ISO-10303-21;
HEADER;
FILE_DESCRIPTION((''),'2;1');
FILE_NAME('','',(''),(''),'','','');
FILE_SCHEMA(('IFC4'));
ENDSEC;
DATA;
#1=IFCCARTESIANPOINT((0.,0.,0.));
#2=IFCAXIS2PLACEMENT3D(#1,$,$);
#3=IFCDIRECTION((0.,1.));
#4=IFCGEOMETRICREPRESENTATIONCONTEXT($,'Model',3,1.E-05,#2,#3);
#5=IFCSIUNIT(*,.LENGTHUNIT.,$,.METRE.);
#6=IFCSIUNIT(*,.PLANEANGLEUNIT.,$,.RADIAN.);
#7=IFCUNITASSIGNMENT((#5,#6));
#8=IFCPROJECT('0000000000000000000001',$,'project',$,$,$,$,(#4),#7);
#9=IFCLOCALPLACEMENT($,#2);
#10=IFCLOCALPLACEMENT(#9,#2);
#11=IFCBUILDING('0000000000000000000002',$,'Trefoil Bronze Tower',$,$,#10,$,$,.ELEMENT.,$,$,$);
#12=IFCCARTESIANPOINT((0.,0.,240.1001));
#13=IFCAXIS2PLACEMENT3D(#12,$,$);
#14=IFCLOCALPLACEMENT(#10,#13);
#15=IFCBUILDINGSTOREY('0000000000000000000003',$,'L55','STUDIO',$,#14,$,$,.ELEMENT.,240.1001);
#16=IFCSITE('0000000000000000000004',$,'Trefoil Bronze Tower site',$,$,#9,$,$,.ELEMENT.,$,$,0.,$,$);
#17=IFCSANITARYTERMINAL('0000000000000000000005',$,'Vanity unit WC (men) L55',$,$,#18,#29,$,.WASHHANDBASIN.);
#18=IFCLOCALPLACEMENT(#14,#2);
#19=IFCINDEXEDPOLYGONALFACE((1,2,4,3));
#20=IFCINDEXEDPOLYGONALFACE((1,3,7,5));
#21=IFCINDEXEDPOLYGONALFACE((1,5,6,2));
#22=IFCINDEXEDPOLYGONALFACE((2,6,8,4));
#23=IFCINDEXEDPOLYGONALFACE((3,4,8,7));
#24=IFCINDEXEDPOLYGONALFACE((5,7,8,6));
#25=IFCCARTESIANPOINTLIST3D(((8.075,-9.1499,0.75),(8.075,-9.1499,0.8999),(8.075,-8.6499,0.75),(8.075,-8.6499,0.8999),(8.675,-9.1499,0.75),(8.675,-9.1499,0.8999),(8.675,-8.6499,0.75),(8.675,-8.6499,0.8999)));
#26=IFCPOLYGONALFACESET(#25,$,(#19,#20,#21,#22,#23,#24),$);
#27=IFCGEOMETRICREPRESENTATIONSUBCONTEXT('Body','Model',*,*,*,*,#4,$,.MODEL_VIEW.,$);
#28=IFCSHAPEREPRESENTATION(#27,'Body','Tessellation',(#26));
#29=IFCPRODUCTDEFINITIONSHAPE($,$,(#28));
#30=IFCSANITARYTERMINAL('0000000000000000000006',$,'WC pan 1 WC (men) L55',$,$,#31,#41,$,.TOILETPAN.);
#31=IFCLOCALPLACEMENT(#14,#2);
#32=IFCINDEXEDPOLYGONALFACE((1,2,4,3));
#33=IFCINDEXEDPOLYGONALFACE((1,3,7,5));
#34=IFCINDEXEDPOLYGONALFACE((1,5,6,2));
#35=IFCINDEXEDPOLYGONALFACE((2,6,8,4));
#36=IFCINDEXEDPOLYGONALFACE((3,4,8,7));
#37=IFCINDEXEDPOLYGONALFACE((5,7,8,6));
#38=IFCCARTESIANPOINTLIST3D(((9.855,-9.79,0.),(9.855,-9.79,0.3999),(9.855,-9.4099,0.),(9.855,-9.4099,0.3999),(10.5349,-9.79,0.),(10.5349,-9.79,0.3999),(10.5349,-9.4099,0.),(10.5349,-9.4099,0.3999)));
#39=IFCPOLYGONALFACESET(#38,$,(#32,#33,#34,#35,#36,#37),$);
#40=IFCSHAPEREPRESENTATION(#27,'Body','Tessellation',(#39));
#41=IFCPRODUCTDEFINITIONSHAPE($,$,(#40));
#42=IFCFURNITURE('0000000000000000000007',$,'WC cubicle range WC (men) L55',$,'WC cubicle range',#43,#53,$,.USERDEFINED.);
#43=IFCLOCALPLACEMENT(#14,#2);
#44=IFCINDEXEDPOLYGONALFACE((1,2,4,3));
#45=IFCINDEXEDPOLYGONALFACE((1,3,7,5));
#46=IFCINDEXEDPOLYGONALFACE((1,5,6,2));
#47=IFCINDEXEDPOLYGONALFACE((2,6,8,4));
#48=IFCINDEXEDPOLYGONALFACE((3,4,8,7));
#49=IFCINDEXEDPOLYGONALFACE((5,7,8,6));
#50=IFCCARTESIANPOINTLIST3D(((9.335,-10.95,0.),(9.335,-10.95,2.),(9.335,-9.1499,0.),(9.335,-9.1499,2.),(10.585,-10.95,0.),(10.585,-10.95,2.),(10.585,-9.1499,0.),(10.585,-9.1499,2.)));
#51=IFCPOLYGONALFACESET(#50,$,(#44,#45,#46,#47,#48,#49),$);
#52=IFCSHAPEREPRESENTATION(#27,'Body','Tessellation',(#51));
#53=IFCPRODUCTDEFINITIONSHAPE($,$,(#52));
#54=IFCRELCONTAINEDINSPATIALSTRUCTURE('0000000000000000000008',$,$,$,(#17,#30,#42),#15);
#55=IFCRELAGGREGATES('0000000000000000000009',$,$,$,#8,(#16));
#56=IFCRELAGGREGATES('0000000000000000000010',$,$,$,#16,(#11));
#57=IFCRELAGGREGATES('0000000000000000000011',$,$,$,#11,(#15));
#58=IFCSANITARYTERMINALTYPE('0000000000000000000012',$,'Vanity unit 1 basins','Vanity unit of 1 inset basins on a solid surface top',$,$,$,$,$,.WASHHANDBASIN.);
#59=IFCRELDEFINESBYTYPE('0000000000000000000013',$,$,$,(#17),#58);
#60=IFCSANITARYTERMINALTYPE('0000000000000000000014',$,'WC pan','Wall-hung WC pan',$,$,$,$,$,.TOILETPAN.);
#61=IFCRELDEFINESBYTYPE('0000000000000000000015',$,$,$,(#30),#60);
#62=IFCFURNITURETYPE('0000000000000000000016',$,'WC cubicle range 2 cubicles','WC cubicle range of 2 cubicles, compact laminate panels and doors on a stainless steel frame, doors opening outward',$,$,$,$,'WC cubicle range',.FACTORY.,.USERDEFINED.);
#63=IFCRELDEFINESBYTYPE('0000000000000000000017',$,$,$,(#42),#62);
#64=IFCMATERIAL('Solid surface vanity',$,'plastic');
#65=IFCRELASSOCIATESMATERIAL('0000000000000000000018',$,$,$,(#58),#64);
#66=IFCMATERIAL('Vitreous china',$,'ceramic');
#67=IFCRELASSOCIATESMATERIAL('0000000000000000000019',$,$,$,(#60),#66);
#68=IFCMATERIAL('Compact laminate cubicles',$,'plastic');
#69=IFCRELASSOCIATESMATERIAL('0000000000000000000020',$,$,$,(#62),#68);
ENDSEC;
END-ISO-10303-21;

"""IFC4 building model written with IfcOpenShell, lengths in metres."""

from ifc_helpers import new_model, si_unit, direction, frame, origin, place, context, subcontext, project, spatial, polyline, outline, extrude, material, type_object, element, save


model = new_model("IFC4")

# Units and contexts
model_context = context("Model", 3, precision=1e-05, world=origin(), true_north=direction((0.0, 1.0)))
body_context = subcontext(model_context, "Body", "Model", "MODEL_VIEW")
ifc_project = project(units=[si_unit("LENGTHUNIT", "METRE"), si_unit("PLANEANGLEUNIT", "RADIAN")], contexts=[model_context])

# Site, building, storey
site_placement = place(None, origin())
site = spatial("IfcSite", under=ifc_project, at=site_placement, Name="Trefoil Bronze Tower site", CompositionType="ELEMENT", RefElevation=0.0)
building_placement = place(site_placement, origin())
building = spatial("IfcBuilding", under=site, at=building_placement, Name="Trefoil Bronze Tower", CompositionType="ELEMENT")
storey_placement = place(building_placement, frame((0.0, 0.0, 240.1001)))
storey = spatial("IfcBuildingStorey", under=building, at=storey_placement, Name="L55", Description="STUDIO", CompositionType="ELEMENT", Elevation=240.1001)

# Sanitary terminals
ifc_material_1 = material(Name="Solid surface vanity", Category="plastic")
sanitary_terminal_type_1 = type_object("IfcSanitaryTerminalType", Name="Vanity unit 1 basins", Description="Vanity unit of 1 inset basins on a solid surface top", PredefinedType="WASHHANDBASIN", material=ifc_material_1)
sanitary_terminal_1_placement = place(storey_placement, frame((0.0, 0.0, 0.75)))
element("IfcSanitaryTerminal", 1, at=sanitary_terminal_1_placement, inside=storey, type_object=sanitary_terminal_type_1, Name="Vanity unit WC (men) L55", PredefinedType="WASHHANDBASIN", context=body_context, shape_type="SweptSolid", body=[
    extrude(outline(polyline([(8.075, -8.6499), (8.675, -8.6499), (8.675, -9.1499), (8.075, -9.1499), (8.075, -8.6499)])), origin(), (0.0, 0.0, 1.0), 0.1499),
])
ifc_material_2 = material(Name="Vitreous china", Category="ceramic")
sanitary_terminal_type_2 = type_object("IfcSanitaryTerminalType", Name="WC pan", Description="Wall-hung WC pan", PredefinedType="TOILETPAN", material=ifc_material_2)
sanitary_terminal_2_placement = place(storey_placement, origin())
element("IfcSanitaryTerminal", 2, at=sanitary_terminal_2_placement, inside=storey, type_object=sanitary_terminal_type_2, Name="WC pan 1 WC (men) L55", PredefinedType="TOILETPAN", context=body_context, shape_type="SweptSolid", body=[
    extrude(outline(polyline([(9.855, -9.4099), (10.5349, -9.4099), (10.5349, -9.79), (9.855, -9.79), (9.855, -9.4099)])), origin(), (0.0, 0.0, 1.0), 0.3999),
])

# Furniture
ifc_material_3 = material(Name="Compact laminate cubicles", Category="plastic")
furniture_type = type_object("IfcFurnitureType", Name="WC cubicle range 2 cubicles", Description="WC cubicle range of 2 cubicles, compact laminate panels and doors on a stainless steel frame, doors opening outward", ElementType="WC cubicle range", AssemblyPlace="FACTORY", PredefinedType="USERDEFINED", material=ifc_material_3)
furniture_placement = place(storey_placement, origin())
element("IfcFurniture", 3, at=furniture_placement, inside=storey, type_object=furniture_type, Name="WC cubicle range WC (men) L55", ObjectType="WC cubicle range", PredefinedType="USERDEFINED", context=body_context, shape_type="SweptSolid", body=[
    extrude(outline(polyline([(9.335, -9.1499), (10.585, -9.1499), (10.585, -10.95), (9.335, -10.95), (9.335, -9.1499)])), origin(), (0.0, 0.0, 1.0), 2.0),
])

save(model, "model.ifc")
